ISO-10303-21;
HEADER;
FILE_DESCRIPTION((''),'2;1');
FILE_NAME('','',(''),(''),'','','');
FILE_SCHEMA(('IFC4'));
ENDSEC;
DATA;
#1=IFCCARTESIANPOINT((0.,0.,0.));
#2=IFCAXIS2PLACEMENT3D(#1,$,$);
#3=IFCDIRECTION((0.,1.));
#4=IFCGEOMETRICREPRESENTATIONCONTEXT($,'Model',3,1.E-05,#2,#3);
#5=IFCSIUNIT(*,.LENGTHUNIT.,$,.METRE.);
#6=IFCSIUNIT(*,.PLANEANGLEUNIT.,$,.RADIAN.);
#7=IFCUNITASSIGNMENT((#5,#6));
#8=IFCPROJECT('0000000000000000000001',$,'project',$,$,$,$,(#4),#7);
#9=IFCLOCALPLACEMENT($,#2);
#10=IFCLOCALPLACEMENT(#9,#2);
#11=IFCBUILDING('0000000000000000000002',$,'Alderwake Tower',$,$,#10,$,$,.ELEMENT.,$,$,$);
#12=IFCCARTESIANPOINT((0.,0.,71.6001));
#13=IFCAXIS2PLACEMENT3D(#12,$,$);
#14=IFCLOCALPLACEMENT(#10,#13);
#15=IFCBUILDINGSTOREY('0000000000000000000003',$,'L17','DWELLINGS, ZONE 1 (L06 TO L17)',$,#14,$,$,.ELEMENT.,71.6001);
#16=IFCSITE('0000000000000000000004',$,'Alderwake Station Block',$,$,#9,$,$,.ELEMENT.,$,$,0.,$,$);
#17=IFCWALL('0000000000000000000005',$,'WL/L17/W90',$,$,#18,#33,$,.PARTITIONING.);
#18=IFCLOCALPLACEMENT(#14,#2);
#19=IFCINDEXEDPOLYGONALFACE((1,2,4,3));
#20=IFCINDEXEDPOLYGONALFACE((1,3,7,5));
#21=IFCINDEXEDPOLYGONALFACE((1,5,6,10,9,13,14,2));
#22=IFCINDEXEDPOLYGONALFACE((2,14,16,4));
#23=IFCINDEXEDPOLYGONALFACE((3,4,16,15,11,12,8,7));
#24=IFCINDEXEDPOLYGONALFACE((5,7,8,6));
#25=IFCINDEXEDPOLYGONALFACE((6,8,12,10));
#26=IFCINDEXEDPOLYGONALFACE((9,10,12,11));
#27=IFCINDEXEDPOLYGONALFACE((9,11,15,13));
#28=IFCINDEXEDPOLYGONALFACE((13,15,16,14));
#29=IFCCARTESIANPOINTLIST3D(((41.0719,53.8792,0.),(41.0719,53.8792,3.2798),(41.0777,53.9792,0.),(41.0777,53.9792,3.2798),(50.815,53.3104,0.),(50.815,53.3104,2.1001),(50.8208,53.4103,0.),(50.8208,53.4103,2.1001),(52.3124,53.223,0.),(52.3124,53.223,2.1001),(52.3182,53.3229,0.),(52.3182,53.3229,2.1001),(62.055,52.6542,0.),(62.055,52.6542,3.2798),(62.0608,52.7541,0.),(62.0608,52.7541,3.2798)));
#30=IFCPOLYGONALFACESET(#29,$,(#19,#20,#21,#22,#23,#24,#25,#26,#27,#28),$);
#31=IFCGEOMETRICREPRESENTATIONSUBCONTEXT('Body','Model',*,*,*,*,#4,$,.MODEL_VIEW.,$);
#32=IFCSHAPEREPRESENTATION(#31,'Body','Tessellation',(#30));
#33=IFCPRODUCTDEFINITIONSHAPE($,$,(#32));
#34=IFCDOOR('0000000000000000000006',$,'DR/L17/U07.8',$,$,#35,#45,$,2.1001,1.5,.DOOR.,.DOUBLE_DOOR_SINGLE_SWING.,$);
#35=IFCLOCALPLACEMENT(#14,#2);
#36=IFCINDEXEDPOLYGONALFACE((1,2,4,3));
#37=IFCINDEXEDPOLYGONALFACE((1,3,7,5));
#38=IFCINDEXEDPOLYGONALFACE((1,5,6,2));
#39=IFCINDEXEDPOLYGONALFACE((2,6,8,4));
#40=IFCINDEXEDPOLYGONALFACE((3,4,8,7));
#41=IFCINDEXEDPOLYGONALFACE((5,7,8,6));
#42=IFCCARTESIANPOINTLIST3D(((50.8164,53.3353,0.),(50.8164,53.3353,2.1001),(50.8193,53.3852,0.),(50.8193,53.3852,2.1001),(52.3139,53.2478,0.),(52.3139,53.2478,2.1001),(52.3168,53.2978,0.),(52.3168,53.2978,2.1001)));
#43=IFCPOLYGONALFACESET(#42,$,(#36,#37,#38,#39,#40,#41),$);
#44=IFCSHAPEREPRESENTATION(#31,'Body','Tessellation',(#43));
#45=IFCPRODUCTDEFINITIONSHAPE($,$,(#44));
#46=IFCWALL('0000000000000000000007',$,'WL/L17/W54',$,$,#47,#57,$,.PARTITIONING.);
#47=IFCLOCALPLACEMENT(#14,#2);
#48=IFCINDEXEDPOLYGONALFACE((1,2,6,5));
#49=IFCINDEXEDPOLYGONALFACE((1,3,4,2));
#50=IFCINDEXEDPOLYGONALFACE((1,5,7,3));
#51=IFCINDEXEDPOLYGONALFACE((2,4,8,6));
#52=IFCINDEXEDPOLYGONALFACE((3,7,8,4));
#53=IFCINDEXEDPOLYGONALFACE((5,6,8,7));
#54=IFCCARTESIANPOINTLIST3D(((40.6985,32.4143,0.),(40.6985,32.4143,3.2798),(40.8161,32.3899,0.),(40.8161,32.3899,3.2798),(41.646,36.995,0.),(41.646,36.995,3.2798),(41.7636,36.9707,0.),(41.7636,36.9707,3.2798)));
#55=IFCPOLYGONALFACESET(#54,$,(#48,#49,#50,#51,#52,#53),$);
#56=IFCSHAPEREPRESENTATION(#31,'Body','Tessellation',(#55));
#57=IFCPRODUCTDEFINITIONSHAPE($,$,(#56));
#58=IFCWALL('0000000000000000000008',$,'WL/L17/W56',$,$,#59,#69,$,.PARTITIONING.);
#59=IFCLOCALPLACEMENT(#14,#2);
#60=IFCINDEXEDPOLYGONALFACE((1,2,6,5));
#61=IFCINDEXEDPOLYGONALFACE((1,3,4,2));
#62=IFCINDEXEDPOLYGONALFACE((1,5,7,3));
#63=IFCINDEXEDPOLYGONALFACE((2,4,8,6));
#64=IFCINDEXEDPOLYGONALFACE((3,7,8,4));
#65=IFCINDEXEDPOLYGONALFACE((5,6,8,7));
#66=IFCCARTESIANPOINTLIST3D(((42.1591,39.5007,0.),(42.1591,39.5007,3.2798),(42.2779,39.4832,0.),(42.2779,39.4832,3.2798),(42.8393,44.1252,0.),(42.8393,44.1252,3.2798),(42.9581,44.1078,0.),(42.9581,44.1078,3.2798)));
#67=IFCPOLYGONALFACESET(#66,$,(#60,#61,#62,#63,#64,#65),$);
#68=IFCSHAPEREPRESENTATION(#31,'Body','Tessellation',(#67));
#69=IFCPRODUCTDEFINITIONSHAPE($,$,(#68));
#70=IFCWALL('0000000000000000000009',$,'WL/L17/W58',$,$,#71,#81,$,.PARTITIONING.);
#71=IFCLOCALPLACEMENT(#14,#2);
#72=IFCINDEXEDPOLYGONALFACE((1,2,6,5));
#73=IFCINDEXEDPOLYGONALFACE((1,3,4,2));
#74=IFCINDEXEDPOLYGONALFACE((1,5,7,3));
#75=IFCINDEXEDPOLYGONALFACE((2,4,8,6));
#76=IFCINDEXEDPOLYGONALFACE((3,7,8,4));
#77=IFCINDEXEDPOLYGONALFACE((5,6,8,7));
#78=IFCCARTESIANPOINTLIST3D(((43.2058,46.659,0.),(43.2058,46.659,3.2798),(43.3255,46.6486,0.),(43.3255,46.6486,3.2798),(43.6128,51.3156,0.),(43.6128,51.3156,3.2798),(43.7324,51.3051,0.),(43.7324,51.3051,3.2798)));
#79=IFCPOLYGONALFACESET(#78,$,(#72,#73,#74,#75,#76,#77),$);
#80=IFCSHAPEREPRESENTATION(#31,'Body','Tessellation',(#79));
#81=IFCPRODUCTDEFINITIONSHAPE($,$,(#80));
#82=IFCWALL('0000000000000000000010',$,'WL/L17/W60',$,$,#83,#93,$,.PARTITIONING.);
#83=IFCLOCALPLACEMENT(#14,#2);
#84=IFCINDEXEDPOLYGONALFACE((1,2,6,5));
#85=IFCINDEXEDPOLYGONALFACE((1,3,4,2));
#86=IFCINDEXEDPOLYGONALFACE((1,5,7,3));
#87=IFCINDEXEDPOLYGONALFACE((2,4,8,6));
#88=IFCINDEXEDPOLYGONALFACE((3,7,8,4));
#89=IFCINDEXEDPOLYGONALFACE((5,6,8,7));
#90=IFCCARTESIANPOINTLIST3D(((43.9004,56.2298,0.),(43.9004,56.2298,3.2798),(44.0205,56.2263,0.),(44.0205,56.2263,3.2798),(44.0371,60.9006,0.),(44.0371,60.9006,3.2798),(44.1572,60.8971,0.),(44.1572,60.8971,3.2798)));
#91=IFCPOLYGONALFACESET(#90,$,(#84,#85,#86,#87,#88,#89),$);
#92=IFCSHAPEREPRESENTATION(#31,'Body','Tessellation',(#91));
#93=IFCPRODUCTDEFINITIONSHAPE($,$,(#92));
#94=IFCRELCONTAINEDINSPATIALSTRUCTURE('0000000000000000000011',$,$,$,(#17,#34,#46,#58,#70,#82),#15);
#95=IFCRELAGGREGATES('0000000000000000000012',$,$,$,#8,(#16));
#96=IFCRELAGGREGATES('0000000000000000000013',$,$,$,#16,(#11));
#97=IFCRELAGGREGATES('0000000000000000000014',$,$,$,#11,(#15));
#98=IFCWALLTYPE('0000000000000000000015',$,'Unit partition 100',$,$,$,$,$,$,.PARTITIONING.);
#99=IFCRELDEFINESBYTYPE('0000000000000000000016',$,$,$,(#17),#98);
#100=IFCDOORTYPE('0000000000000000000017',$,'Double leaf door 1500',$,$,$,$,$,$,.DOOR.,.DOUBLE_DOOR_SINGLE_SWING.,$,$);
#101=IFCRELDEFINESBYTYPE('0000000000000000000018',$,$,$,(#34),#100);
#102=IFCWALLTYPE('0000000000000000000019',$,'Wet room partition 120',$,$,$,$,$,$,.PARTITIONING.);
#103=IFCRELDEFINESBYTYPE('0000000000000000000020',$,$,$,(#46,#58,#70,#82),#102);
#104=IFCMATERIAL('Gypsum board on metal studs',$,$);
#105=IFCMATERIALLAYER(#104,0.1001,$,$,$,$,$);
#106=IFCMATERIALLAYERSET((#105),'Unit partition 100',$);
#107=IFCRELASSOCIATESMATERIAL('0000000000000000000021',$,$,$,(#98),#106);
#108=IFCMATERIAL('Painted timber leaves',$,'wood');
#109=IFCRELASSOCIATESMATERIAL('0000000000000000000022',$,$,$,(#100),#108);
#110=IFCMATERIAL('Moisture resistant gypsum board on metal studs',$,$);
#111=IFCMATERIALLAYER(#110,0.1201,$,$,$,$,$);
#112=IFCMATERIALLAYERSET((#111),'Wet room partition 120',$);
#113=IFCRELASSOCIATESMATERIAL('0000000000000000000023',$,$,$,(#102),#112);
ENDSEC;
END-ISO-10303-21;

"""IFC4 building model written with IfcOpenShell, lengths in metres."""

from ifc_helpers import new_model, si_unit, direction, frame, frame_2d, origin, place, context, subcontext, project, spatial, rectangle, extrude, material, layer, layer_set, type_object, element, fill, save


model = new_model("IFC4")

# Units and contexts
model_context = context("Model", 3, precision=1e-05, world=origin(), true_north=direction((0.0, 1.0)))
body_context = subcontext(model_context, "Body", "Model", "MODEL_VIEW")
ifc_project = project(units=[si_unit("LENGTHUNIT", "METRE"), si_unit("PLANEANGLEUNIT", "RADIAN")], contexts=[model_context])

# Site, building, storey
site_placement = place(None, origin())
site = spatial("IfcSite", under=ifc_project, at=site_placement, Name="Alderwake Station Block", CompositionType="ELEMENT", RefElevation=0.0)
building_placement = place(site_placement, origin())
building = spatial("IfcBuilding", under=site, at=building_placement, Name="Alderwake Tower", CompositionType="ELEMENT")
storey_placement = place(building_placement, frame((0.0, 0.0, 71.6001)))
storey = spatial("IfcBuildingStorey", under=building, at=storey_placement, Name="L17", Description="DWELLINGS, ZONE 1 (L06 TO L17)", CompositionType="ELEMENT", Elevation=71.6001)

# Shared definitions
ifc_material_1 = material(Name="Gypsum board on metal studs")
ifc_layer_1 = layer(ifc_material_1, 0.1001)
ifc_layer_set_1 = layer_set([ifc_layer_1], Name="Unit partition 100")
wall_type_1 = type_object("IfcWallType", Name="Unit partition 100", PredefinedType="PARTITIONING", material=ifc_layer_set_1)

# Wall, opening, door
wall_1_placement = place(storey_placement, frame((41.075, 53.9292, 0.0), z_axis=(0.0, 0.0, 1.0), x_axis=(0.9983, -0.058286, 0.0)))
wall_1 = element("IfcWall", 1, at=wall_1_placement, inside=storey, type_object=wall_type_1, Name="WL/L17/W90", PredefinedType="PARTITIONING", context=body_context, shape_type="SweptSolid", body=[
    extrude(rectangle(XDim=21.0188, YDim=0.1001, at=frame_2d((10.5093, 0.0))), origin(), (0.0, 0.0, 1.0), 3.2798),
])
opening_1_placement = place(wall_1_placement, frame((9.7595, 0.0, 0.0)))
opening_1 = element("IfcOpeningElement", 2, at=opening_1_placement, cuts=wall_1, PredefinedType="OPENING", context=body_context, shape_type="SweptSolid", body=[
    extrude(rectangle(XDim=1.5, YDim=2.1001, at=frame_2d((0.75, 1.05))), frame((0.0, 0.0601, 0.0), z_axis=(0.0, -1.0, 0.0), x_axis=(1.0, 0.0, 0.0)), (0.0, 0.0, 1.0), 0.1201),
])
ifc_material_2 = material(Name="Painted timber leaves", Category="wood")
door_type_1 = type_object("IfcDoorType", Name="Double leaf door 1500", OperationType="DOUBLE_DOOR_SINGLE_SWING", PredefinedType="DOOR", material=ifc_material_2)
door_1_placement = place(opening_1_placement, origin())
door_1 = element("IfcDoor", 3, at=door_1_placement, inside=storey, type_object=door_type_1, Name="DR/L17/U07.8", OperationType="DOUBLE_DOOR_SINGLE_SWING", OverallHeight=2.1001, OverallWidth=1.5, PredefinedType="DOOR", context=body_context, shape_type="SweptSolid", body=[
    extrude(rectangle(XDim=1.5, YDim=2.1001, at=frame_2d((0.75, 1.05))), frame((0.0, 0.0249, 0.0), z_axis=(0.0, -1.0, 0.0), x_axis=(1.0, 0.0, 0.0)), (0.0, 0.0, 1.0), 0.05),
])
fill(opening_1, door_1)

# Walls
ifc_material_3 = material(Name="Moisture resistant gypsum board on metal studs")
ifc_layer_2 = layer(ifc_material_3, 0.1201)
ifc_layer_set_2 = layer_set([ifc_layer_2], Name="Wet room partition 120")
wall_type_2 = type_object("IfcWallType", Name="Wet room partition 120", PredefinedType="PARTITIONING", material=ifc_layer_set_2)
wall_2_placement = place(storey_placement, frame((40.7573, 32.4021, 0.0), z_axis=(0.0, 0.0, 1.0), x_axis=(0.202556, 0.979271, 0.0)))
element("IfcWall", 4, at=wall_2_placement, inside=storey, type_object=wall_type_2, Name="WL/L17/W54", PredefinedType="PARTITIONING", context=body_context, shape_type="SweptSolid", body=[
    extrude(rectangle(XDim=4.6777, YDim=0.1201, at=frame_2d((2.3389, 0.0))), origin(), (0.0, 0.0, 1.0), 3.2798),
])
for number, where, z_axis, x_axis, name in (
    (5, (42.2185, 39.4919, 0.0), (0.0, 0.0, 1.0), (0.145515, 0.989356, 0.0), "WL/L17/W56"),
    (6, (43.2656, 46.6538, 0.0), (0.0, 0.0, 1.0), (0.087069, 0.996202, 0.0), "WL/L17/W58"),
):
    element("IfcWall", number, at=place(storey_placement, frame(where, z_axis=z_axis, x_axis=x_axis)), inside=storey, type_object=wall_type_2, Name=name, PredefinedType="PARTITIONING", context=body_context, shape_type="SweptSolid", body=[
        extrude(rectangle(XDim=4.6743, YDim=0.1201, at=frame_2d((2.3372, 0.0))), origin(), (0.0, 0.0, 1.0), 3.2798),
    ])
wall_3_placement = place(storey_placement, frame((43.9604, 56.228, 0.0), z_axis=(0.0, 0.0, 1.0), x_axis=(0.029258, 0.999572, 0.0)))
element("IfcWall", 7, at=wall_3_placement, inside=storey, type_object=wall_type_2, Name="WL/L17/W60", PredefinedType="PARTITIONING", context=body_context, shape_type="SweptSolid", body=[
    extrude(rectangle(XDim=4.6729, YDim=0.1201, at=frame_2d((2.3364, 0.0))), origin(), (0.0, 0.0, 1.0), 3.2798),
])

save(model, "model.ifc")
